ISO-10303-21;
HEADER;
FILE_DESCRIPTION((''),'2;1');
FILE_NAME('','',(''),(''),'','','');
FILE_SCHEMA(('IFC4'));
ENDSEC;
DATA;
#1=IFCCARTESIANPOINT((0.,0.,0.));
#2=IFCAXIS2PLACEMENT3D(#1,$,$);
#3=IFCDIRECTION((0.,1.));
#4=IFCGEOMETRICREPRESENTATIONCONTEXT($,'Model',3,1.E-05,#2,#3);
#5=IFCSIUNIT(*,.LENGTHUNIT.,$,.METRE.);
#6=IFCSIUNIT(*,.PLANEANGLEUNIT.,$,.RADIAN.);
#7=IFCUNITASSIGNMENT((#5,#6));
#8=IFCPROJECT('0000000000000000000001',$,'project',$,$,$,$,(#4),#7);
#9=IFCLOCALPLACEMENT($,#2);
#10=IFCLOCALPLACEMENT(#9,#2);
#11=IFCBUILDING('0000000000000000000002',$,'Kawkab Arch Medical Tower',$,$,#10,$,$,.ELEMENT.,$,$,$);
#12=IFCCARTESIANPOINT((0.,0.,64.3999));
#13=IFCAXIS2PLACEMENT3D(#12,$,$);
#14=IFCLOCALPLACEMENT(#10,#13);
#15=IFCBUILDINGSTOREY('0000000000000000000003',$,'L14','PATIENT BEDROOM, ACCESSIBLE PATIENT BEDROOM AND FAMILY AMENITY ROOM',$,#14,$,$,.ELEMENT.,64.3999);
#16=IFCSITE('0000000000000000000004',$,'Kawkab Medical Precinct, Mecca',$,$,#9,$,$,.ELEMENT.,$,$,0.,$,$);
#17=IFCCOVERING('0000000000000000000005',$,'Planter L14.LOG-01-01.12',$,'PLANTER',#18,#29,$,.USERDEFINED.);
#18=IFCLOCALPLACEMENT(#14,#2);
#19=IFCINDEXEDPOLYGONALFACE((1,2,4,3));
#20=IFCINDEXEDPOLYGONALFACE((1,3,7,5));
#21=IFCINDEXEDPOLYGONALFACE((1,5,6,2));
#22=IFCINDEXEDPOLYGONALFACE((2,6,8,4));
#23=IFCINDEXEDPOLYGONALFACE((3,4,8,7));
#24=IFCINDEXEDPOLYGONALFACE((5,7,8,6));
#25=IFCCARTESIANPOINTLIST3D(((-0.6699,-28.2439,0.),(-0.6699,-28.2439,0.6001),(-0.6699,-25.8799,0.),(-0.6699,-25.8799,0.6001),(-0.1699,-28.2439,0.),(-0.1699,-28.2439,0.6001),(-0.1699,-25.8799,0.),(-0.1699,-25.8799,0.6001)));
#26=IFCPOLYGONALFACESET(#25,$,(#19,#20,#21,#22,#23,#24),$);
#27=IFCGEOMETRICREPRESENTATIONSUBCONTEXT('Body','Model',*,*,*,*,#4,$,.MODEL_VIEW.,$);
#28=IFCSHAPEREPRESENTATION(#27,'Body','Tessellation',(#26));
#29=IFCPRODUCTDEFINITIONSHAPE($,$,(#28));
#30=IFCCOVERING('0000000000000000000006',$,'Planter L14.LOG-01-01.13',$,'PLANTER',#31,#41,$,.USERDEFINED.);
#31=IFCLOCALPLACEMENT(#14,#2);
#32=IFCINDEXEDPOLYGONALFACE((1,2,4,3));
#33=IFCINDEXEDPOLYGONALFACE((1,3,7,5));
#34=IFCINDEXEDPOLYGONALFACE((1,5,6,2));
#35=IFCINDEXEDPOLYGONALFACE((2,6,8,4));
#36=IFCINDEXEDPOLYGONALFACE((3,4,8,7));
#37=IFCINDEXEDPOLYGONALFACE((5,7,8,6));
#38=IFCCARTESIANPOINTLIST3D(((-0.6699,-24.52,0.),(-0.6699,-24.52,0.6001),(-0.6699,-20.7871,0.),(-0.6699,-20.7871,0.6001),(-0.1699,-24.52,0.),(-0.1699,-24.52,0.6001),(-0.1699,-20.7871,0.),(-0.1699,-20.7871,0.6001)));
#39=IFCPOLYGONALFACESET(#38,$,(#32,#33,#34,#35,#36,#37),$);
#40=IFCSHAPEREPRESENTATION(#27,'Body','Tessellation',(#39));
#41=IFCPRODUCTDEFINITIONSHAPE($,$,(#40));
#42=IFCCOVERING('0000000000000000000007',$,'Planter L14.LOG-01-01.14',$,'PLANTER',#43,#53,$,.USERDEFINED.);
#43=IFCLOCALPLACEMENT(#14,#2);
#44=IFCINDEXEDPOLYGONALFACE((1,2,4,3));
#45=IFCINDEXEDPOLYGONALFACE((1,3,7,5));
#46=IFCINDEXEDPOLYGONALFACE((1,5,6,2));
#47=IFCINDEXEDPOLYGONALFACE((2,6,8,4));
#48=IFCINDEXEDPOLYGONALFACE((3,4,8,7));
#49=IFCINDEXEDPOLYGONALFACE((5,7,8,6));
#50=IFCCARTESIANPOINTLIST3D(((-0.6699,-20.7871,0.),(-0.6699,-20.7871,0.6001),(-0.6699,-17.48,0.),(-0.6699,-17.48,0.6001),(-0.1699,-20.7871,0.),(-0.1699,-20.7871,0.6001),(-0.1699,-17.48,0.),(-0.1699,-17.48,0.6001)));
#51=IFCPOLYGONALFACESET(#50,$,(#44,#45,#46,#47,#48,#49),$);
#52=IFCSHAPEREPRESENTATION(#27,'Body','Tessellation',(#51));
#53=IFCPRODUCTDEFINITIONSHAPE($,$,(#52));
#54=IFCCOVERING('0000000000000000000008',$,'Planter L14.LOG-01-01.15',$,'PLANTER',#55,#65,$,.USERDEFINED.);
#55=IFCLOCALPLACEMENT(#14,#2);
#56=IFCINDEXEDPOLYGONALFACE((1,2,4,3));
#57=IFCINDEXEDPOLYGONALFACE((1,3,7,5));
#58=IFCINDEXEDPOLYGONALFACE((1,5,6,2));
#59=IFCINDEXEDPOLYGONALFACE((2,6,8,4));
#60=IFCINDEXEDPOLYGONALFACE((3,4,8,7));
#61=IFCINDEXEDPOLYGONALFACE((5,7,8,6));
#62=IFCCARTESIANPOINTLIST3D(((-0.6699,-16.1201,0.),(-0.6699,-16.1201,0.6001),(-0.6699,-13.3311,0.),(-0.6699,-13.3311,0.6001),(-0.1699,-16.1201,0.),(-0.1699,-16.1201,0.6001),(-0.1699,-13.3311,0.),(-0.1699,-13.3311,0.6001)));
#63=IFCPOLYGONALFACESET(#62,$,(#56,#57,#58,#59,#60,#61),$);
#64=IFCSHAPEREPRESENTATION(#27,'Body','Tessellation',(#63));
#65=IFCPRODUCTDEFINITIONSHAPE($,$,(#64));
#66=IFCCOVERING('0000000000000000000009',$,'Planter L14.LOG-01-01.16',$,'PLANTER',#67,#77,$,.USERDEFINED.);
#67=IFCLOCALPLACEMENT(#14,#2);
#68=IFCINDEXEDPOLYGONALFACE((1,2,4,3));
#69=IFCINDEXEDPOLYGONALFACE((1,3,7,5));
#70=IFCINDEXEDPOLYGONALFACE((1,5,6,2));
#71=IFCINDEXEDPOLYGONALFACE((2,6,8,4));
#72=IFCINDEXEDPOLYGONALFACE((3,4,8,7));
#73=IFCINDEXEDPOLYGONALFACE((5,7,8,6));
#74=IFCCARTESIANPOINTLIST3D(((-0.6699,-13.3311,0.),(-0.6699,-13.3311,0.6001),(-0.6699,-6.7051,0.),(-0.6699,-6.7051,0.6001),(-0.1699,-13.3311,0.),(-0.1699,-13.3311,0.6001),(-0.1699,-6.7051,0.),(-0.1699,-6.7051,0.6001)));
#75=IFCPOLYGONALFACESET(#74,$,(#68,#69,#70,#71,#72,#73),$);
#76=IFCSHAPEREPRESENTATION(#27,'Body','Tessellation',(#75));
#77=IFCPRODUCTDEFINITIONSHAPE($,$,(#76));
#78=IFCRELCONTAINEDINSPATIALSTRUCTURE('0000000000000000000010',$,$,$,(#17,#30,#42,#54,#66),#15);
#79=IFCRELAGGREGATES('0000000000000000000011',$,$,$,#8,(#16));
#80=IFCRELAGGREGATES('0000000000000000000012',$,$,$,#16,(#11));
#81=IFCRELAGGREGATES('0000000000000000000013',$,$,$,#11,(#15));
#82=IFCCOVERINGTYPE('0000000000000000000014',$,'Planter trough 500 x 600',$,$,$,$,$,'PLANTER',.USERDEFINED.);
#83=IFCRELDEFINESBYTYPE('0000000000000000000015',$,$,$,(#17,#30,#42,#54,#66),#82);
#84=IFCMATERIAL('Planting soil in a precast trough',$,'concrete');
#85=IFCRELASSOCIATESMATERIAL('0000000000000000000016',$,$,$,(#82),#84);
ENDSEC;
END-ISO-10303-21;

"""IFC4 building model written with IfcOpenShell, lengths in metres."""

from ifc_helpers import new_model, si_unit, direction, frame, origin, origin_2d, place, context, subcontext, project, spatial, rectangle, extrude, material, material_profile, profile_set, type_object, element, save


model = new_model("IFC4")

# Units and contexts
model_context = context("Model", 3, precision=1e-05, world=origin(), true_north=direction((0.0, 1.0)))
body_context = subcontext(model_context, "Body", "Model", "MODEL_VIEW")
ifc_project = project(units=[si_unit("LENGTHUNIT", "METRE"), si_unit("PLANEANGLEUNIT", "RADIAN")], contexts=[model_context])

# Site, building, storey
site_placement = place(None, origin())
site = spatial("IfcSite", under=ifc_project, at=site_placement, Name="Kawkab Medical Precinct, Mecca", CompositionType="ELEMENT", RefElevation=0.0)
building_placement = place(site_placement, origin())
building = spatial("IfcBuilding", under=site, at=building_placement, Name="Kawkab Arch Medical Tower", CompositionType="ELEMENT")
storey_placement = place(building_placement, frame((0.0, 0.0, 64.3999)))
storey = spatial("IfcBuildingStorey", under=building, at=storey_placement, Name="L14", Description="PATIENT BEDROOM, ACCESSIBLE PATIENT BEDROOM AND FAMILY AMENITY ROOM", CompositionType="ELEMENT", Elevation=64.3999)

# Coverings
ifc_material_1 = material(Name="Planting soil in a precast trough", Category="concrete")
ifc_material_profile_1 = material_profile(ifc_material_1, rectangle(XDim=0.5, YDim=0.6001, at=origin_2d()), Name="Trough 500x600")
ifc_profile_set_1 = profile_set([ifc_material_profile_1], Name="Planting soil in a precast trough")
covering_type_1 = type_object("IfcCoveringType", Name="Planter trough 500 x 600", ElementType="PLANTER", PredefinedType="USERDEFINED", material=ifc_profile_set_1)
covering_1_placement = place(storey_placement, frame((-0.4199, -28.2439, 0.3), z_axis=(0.0, 1.0, 0.0), x_axis=(-1.0, 0.0, 0.0)))
element("IfcCovering", 1, at=covering_1_placement, inside=storey, type_object=covering_type_1, Name="Planter L14.LOG-01-01.12", ObjectType="PLANTER", PredefinedType="USERDEFINED", context=body_context, shape_type="SweptSolid", body=[
    extrude(rectangle(XDim=0.5, YDim=0.6001, at=origin_2d()), origin(), (0.0, 0.0, 1.0), 2.364),
])
covering_2_placement = place(storey_placement, frame((-0.4199, -24.52, 0.3), z_axis=(0.0, 1.0, 0.0), x_axis=(-1.0, 0.0, 0.0)))
element("IfcCovering", 2, at=covering_2_placement, inside=storey, type_object=covering_type_1, Name="Planter L14.LOG-01-01.13", ObjectType="PLANTER", PredefinedType="USERDEFINED", context=body_context, shape_type="SweptSolid", body=[
    extrude(rectangle(XDim=0.5, YDim=0.6001, at=origin_2d()), origin(), (0.0, 0.0, 1.0), 3.7329),
])
covering_3_placement = place(storey_placement, frame((-0.4199, -20.7871, 0.3), z_axis=(0.0, 1.0, 0.0), x_axis=(-1.0, 0.0, 0.0)))
element("IfcCovering", 3, at=covering_3_placement, inside=storey, type_object=covering_type_1, Name="Planter L14.LOG-01-01.14", ObjectType="PLANTER", PredefinedType="USERDEFINED", context=body_context, shape_type="SweptSolid", body=[
    extrude(rectangle(XDim=0.5, YDim=0.6001, at=origin_2d()), origin(), (0.0, 0.0, 1.0), 3.3071),
])
covering_4_placement = place(storey_placement, frame((-0.4199, -16.1201, 0.3), z_axis=(0.0, 1.0, 0.0), x_axis=(-1.0, 0.0, 0.0)))
element("IfcCovering", 4, at=covering_4_placement, inside=storey, type_object=covering_type_1, Name="Planter L14.LOG-01-01.15", ObjectType="PLANTER", PredefinedType="USERDEFINED", context=body_context, shape_type="SweptSolid", body=[
    extrude(rectangle(XDim=0.5, YDim=0.6001, at=origin_2d()), origin(), (0.0, 0.0, 1.0), 2.7891),
])
covering_5_placement = place(storey_placement, frame((-0.4199, -13.3311, 0.3), z_axis=(0.0, 1.0, 0.0), x_axis=(-1.0, 0.0, 0.0)))
element("IfcCovering", 5, at=covering_5_placement, inside=storey, type_object=covering_type_1, Name="Planter L14.LOG-01-01.16", ObjectType="PLANTER", PredefinedType="USERDEFINED", context=body_context, shape_type="SweptSolid", body=[
    extrude(rectangle(XDim=0.5, YDim=0.6001, at=origin_2d()), origin(), (0.0, 0.0, 1.0), 6.626),
])

save(model, "model.ifc")
